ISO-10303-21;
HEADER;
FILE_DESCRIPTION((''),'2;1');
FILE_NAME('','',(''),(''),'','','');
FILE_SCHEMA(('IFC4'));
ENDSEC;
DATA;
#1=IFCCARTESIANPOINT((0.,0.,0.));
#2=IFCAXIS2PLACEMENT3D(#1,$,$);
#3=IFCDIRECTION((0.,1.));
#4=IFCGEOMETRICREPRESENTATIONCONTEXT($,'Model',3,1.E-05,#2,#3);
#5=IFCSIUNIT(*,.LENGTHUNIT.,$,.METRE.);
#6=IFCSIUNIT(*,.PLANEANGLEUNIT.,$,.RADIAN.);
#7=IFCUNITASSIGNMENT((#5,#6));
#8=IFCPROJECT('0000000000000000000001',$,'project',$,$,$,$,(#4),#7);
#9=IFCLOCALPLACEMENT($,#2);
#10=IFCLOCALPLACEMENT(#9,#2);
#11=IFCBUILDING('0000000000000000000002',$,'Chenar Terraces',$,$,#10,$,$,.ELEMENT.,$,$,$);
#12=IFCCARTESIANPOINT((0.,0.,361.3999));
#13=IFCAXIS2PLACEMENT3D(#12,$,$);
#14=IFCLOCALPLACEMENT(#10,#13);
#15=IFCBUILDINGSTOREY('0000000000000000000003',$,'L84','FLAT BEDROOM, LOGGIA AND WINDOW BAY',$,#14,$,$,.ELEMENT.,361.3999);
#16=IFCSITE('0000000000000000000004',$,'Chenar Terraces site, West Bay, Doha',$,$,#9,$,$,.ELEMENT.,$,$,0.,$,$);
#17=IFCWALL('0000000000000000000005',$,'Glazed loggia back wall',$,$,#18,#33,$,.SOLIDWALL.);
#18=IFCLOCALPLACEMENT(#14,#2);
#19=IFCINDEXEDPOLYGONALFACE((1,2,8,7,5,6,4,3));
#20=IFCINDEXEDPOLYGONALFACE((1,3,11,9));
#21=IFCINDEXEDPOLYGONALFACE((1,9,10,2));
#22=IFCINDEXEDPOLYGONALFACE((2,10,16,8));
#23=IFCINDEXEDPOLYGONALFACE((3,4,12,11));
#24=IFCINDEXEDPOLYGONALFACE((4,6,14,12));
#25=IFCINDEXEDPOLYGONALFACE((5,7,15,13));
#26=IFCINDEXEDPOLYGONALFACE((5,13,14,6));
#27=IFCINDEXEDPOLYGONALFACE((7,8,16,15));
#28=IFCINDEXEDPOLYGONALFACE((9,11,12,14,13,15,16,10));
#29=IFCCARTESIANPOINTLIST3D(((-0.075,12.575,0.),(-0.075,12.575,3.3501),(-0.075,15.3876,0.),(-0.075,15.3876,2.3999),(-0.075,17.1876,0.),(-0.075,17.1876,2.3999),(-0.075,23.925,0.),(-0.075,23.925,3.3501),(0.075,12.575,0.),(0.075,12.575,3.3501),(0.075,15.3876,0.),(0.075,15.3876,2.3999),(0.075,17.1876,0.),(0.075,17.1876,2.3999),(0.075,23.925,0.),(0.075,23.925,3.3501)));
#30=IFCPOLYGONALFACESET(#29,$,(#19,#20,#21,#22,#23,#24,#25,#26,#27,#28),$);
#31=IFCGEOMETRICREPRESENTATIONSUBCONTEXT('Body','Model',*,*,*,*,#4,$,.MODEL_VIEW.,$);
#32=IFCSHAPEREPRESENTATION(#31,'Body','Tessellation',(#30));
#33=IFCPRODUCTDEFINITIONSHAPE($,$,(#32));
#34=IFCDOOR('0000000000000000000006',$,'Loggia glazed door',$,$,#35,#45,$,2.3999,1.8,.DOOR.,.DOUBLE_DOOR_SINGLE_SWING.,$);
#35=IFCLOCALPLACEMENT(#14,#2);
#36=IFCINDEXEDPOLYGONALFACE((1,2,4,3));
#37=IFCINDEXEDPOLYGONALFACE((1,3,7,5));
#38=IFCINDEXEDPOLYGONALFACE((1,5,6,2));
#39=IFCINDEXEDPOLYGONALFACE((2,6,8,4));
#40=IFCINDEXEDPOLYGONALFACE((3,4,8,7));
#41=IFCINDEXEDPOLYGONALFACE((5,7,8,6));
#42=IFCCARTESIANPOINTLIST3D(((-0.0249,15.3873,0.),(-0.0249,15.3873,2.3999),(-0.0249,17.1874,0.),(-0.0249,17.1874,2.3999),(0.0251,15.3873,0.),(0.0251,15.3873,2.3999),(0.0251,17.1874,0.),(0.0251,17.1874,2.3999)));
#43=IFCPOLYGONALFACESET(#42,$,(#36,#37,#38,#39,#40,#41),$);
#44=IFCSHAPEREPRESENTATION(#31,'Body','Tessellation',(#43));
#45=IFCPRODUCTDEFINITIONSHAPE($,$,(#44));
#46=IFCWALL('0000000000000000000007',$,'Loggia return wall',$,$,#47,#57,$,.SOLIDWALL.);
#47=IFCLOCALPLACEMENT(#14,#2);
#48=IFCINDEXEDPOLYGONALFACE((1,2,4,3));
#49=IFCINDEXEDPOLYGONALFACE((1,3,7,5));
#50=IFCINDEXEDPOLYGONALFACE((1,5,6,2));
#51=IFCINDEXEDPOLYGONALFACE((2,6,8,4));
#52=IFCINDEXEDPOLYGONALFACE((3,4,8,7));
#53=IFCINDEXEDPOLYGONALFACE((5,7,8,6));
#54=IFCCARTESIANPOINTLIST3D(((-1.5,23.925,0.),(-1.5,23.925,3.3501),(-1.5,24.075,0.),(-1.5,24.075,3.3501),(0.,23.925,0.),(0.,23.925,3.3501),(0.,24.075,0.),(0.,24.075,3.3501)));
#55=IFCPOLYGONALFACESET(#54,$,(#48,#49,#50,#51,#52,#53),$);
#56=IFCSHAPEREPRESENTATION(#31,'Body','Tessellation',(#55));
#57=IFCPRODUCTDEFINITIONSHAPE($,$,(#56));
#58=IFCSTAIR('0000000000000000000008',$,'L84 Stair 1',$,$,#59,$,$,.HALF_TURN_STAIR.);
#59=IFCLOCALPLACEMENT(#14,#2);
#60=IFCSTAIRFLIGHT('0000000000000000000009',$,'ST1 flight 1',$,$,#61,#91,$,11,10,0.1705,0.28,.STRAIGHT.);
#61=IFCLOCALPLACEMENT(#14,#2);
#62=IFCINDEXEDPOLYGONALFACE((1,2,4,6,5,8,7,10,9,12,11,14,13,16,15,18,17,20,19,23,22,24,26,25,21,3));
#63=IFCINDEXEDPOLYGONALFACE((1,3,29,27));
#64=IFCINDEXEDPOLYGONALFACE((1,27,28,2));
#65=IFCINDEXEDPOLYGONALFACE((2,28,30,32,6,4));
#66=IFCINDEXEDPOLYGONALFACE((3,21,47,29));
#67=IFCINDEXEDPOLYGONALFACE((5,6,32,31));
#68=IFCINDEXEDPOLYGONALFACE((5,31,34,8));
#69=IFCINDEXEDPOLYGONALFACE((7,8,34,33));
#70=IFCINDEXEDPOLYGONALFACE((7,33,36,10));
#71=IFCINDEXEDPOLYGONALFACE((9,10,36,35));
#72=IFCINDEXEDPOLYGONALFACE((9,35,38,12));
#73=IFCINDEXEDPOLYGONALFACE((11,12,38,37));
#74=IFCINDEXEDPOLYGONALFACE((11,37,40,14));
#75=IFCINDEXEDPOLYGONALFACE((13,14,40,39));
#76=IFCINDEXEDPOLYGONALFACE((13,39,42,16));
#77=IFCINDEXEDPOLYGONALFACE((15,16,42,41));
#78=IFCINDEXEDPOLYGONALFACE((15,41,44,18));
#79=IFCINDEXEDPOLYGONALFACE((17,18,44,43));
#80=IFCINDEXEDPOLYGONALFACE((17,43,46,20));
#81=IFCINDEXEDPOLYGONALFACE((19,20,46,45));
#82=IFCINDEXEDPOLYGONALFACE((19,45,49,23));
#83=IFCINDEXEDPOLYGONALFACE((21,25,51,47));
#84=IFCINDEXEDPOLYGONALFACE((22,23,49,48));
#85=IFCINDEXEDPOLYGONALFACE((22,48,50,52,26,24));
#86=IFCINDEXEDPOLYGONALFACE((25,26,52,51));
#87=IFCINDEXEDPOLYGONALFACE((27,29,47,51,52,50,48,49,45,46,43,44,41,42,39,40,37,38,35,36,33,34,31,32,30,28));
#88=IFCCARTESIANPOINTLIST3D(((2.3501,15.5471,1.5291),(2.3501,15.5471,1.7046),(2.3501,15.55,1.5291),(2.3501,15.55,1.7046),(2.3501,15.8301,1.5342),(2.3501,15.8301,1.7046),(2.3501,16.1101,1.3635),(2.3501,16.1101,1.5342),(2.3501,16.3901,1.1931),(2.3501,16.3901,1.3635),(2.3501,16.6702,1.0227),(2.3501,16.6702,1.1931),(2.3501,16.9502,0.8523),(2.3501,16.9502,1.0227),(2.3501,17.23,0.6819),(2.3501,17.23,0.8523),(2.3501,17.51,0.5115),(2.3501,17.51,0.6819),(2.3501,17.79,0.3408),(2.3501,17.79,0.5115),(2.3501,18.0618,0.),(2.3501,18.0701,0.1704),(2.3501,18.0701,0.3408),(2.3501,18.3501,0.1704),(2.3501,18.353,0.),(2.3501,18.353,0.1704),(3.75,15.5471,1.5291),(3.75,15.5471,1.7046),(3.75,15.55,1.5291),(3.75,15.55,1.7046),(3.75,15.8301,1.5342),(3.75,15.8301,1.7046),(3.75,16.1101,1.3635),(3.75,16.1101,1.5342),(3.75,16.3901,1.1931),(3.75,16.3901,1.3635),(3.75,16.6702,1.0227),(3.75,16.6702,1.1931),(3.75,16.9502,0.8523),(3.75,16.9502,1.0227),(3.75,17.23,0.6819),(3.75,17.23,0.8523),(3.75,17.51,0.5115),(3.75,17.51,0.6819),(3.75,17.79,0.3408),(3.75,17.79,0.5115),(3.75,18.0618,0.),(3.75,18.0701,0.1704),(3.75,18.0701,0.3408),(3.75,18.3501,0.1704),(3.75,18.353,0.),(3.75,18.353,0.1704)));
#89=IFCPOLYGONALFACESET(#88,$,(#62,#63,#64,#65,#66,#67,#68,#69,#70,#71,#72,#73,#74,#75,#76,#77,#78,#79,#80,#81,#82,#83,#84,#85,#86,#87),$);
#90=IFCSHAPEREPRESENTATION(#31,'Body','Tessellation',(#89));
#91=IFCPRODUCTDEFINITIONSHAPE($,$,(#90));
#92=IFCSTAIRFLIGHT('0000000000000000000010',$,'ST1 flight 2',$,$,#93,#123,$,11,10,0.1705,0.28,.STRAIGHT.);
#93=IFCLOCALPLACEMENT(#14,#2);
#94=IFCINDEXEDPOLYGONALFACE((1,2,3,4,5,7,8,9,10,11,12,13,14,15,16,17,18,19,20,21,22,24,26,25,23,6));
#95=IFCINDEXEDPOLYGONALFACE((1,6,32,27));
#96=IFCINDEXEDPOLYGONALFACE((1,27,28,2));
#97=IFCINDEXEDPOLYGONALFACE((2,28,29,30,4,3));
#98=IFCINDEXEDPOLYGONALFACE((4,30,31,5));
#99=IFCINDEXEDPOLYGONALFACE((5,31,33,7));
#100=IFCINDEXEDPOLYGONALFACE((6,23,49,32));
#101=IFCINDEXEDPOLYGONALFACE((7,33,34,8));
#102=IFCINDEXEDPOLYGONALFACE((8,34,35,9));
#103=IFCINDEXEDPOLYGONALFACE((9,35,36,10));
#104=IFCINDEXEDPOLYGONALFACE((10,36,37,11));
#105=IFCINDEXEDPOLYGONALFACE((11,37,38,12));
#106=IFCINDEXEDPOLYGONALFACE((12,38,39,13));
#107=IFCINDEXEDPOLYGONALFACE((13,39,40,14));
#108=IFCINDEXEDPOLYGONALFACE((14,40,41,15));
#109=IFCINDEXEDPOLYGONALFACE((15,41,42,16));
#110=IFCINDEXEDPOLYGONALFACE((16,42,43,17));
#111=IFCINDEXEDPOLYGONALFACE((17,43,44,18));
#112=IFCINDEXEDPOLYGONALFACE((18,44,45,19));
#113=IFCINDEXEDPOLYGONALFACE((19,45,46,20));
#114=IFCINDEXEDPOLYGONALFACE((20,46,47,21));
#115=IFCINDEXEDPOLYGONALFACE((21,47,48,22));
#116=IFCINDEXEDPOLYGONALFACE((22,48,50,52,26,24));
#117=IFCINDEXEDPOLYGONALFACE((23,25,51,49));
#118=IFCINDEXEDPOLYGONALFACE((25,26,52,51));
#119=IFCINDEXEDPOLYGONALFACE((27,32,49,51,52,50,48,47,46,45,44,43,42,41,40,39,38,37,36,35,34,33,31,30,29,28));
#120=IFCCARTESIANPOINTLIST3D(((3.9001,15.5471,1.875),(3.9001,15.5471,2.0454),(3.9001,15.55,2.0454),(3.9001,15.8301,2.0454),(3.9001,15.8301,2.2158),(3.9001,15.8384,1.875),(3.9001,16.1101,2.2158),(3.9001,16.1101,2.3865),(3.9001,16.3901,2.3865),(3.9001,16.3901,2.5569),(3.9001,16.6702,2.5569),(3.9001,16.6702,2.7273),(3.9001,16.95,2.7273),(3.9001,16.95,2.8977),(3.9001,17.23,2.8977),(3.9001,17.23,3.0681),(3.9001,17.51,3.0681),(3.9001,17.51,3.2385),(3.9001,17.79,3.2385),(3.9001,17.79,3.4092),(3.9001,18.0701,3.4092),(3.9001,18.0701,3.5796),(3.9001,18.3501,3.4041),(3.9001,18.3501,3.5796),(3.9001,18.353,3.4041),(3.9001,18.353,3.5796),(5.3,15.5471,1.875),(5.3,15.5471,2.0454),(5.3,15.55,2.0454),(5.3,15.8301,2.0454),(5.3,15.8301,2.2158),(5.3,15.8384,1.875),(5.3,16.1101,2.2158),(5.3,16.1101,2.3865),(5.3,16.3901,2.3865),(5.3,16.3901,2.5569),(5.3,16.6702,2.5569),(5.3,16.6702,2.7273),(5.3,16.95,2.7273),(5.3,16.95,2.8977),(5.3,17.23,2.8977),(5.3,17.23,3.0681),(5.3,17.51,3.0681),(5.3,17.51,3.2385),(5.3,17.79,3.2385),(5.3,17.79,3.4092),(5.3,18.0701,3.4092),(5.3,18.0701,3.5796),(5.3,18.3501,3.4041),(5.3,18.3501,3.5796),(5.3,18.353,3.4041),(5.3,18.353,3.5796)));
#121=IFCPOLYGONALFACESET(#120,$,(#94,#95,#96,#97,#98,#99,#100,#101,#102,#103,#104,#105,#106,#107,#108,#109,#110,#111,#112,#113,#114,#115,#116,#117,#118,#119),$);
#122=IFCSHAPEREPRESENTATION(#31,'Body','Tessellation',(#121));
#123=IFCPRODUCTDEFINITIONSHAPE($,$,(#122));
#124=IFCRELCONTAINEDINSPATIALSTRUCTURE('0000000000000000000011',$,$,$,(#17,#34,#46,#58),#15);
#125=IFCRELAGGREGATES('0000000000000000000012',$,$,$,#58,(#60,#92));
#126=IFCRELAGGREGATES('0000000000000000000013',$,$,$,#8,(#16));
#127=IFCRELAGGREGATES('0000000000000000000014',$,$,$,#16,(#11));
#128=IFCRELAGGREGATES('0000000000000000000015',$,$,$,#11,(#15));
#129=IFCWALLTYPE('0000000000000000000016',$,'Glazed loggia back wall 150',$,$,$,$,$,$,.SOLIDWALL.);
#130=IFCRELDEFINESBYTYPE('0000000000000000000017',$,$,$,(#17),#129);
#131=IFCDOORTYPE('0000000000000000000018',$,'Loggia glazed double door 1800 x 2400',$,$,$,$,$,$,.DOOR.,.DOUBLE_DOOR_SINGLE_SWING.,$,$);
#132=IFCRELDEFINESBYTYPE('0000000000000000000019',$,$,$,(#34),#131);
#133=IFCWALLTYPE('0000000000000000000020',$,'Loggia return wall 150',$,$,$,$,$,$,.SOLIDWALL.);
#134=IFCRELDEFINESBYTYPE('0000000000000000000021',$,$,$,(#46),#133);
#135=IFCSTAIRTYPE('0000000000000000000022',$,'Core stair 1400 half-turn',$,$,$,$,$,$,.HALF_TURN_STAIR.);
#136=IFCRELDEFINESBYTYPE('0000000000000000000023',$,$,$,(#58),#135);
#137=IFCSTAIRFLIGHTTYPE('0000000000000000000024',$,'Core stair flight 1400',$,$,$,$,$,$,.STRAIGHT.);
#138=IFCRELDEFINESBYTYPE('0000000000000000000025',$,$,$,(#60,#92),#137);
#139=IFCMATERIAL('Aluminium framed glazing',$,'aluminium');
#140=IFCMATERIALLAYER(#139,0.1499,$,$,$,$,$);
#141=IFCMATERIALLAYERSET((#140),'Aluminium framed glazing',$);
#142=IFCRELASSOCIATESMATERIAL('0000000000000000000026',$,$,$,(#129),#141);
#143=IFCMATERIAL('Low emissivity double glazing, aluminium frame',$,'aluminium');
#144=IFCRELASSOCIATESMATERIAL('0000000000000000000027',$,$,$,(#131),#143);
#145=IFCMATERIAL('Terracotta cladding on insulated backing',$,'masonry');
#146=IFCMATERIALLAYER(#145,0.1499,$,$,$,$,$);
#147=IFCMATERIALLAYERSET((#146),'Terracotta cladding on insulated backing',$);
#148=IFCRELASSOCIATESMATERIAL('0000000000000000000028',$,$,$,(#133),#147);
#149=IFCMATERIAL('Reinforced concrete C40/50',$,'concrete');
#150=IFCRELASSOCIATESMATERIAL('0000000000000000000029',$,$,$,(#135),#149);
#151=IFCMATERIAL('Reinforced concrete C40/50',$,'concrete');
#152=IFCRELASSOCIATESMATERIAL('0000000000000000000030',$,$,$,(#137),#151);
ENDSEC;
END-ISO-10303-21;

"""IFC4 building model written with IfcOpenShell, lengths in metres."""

from ifc_helpers import new_model, si_unit, direction, frame, frame_2d, origin, place, context, subcontext, project, spatial, polyline, rectangle, outline, extrude, material, layer, layer_set, type_object, element, fill, aggregate, save


model = new_model("IFC4")

# Units and contexts
model_context = context("Model", 3, precision=1e-05, world=origin(), true_north=direction((0.0, 1.0)))
body_context = subcontext(model_context, "Body", "Model", "MODEL_VIEW")
ifc_project = project(units=[si_unit("LENGTHUNIT", "METRE"), si_unit("PLANEANGLEUNIT", "RADIAN")], contexts=[model_context])

# Site, building, storey
site_placement = place(None, origin())
site = spatial("IfcSite", under=ifc_project, at=site_placement, Name="Chenar Terraces site, West Bay, Doha", CompositionType="ELEMENT", RefElevation=0.0)
building_placement = place(site_placement, origin())
building = spatial("IfcBuilding", under=site, at=building_placement, Name="Chenar Terraces", CompositionType="ELEMENT")
storey_placement = place(building_placement, frame((0.0, 0.0, 361.3999)))
storey = spatial("IfcBuildingStorey", under=building, at=storey_placement, Name="L84", Description="FLAT BEDROOM, LOGGIA AND WINDOW BAY", CompositionType="ELEMENT", Elevation=361.3999)

# Wall, opening, door
ifc_material_1 = material(Name="Aluminium framed glazing", Category="aluminium")
ifc_layer_1 = layer(ifc_material_1, 0.1499)
ifc_layer_set_1 = layer_set([ifc_layer_1], Name="Aluminium framed glazing")
wall_type_1 = type_object("IfcWallType", Name="Glazed loggia back wall 150", PredefinedType="SOLIDWALL", material=ifc_layer_set_1)
wall_1_placement = place(storey_placement, frame((0.0, 23.925, 0.0), z_axis=(0.0, 0.0, 1.0), x_axis=(0.0, -1.0, 0.0)))
wall_1 = element("IfcWall", 1, at=wall_1_placement, inside=storey, type_object=wall_type_1, Name="Glazed loggia back wall", PredefinedType="SOLIDWALL", context=body_context, shape_type="SweptSolid", body=[
    extrude(rectangle(XDim=11.3501, YDim=0.1499, at=frame_2d((5.675, 0.0))), origin(), (0.0, 0.0, 1.0), 3.3501),
])
opening_1_placement = place(wall_1_placement, frame((6.7375, 0.0, 0.0)))
opening_1 = element("IfcOpeningElement", 2, at=opening_1_placement, cuts=wall_1, PredefinedType="OPENING", context=body_context, shape_type="SweptSolid", body=[
    extrude(rectangle(XDim=1.8, YDim=2.3999, at=frame_2d((0.8999, 1.2))), frame((0.0, 0.085, 0.0), z_axis=(0.0, -1.0, 0.0), x_axis=(1.0, 0.0, 0.0)), (0.0, 0.0, 1.0), 0.1699),
])
ifc_material_2 = material(Name="Low emissivity double glazing, aluminium frame", Category="aluminium")
door_type_1 = type_object("IfcDoorType", Name="Loggia glazed double door 1800 x 2400", OperationType="DOUBLE_DOOR_SINGLE_SWING", PredefinedType="DOOR", material=ifc_material_2)
door_1_placement = place(opening_1_placement, frame((1.8, 0.0, 0.0), z_axis=(0.0, 0.0, 1.0), x_axis=(-1.0, 0.0, 0.0)))
door_1 = element("IfcDoor", 3, at=door_1_placement, inside=storey, type_object=door_type_1, Name="Loggia glazed door", OperationType="DOUBLE_DOOR_SINGLE_SWING", OverallHeight=2.3999, OverallWidth=1.8, PredefinedType="DOOR", context=body_context, shape_type="SweptSolid", body=[
    extrude(rectangle(XDim=1.8, YDim=2.3999, at=frame_2d((0.8999, 1.2))), frame((0.0, 0.0249, 0.0), z_axis=(0.0, -1.0, 0.0), x_axis=(1.0, 0.0, 0.0)), (0.0, 0.0, 1.0), 0.05),
])
fill(opening_1, door_1)

# Wall
ifc_material_3 = material(Name="Terracotta cladding on insulated backing", Category="masonry")
ifc_layer_2 = layer(ifc_material_3, 0.1499)
ifc_layer_set_2 = layer_set([ifc_layer_2], Name="Terracotta cladding on insulated backing")
wall_type_2 = type_object("IfcWallType", Name="Loggia return wall 150", PredefinedType="SOLIDWALL", material=ifc_layer_set_2)
wall_2_placement = place(storey_placement, frame((-1.5, 24.0, 0.0), z_axis=(0.0, 0.0, 1.0), x_axis=(1.0, 0.0, 0.0)))
element("IfcWall", 4, at=wall_2_placement, inside=storey, type_object=wall_type_2, Name="Loggia return wall", PredefinedType="SOLIDWALL", context=body_context, shape_type="SweptSolid", body=[
    extrude(rectangle(XDim=1.5, YDim=0.1499, at=frame_2d((0.75, 0.0))), origin(), (0.0, 0.0, 1.0), 3.3501),
])

# Stair, stair flights
ifc_material_4 = material(Name="Reinforced concrete C40/50", Category="concrete")
stair_type = type_object("IfcStairType", Name="Core stair 1400 half-turn", PredefinedType="HALF_TURN_STAIR", material=ifc_material_4)
stair_placement = place(storey_placement, origin())
stair = element("IfcStair", 5, at=stair_placement, inside=storey, type_object=stair_type, Name="L84 Stair 1", PredefinedType="HALF_TURN_STAIR")
ifc_material_5 = material(Name="Reinforced concrete C40/50", Category="concrete")
stair_flight_type = type_object("IfcStairFlightType", Name="Core stair flight 1400", PredefinedType="STRAIGHT", material=ifc_material_5)
stair_flight_1_placement = place(storey_placement, frame((3.05, 18.3501, 0.0), z_axis=(0.0, 0.0, 1.0), x_axis=(0.0, -1.0, 0.0)))
stair_flight_1 = element("IfcStairFlight", 6, at=stair_flight_1_placement, type_object=stair_flight_type, Name="ST1 flight 1", NumberOfRisers=11, NumberOfTreads=10, PredefinedType="STRAIGHT", RiserHeight=0.1705, TreadLength=0.28, context=body_context, shape_type="SweptSolid", body=[
    extrude(outline(polyline([(-0.0029, 0.0), (-0.0029, 0.1704), (0.0, 0.1704), (0.28, 0.1704), (0.28, 0.3408), (0.5601, 0.3408), (0.5601, 0.5115), (0.8401, 0.5115), (0.8401, 0.6819), (1.1201, 0.6819), (1.1201, 0.8523), (1.3999, 0.8523), (1.3999, 1.0227), (1.6799, 1.0227), (1.6799, 1.1931), (1.96, 1.1931), (1.96, 1.3635), (2.24, 1.3635), (2.24, 1.5342), (2.52, 1.5342), (2.52, 1.7046), (2.8, 1.7046), (2.803, 1.7046), (2.803, 1.5291), (2.8, 1.5291), (0.2883, 0.0), (-0.0029, 0.0)])), frame((0.0, 0.7, 0.0), z_axis=(0.0, -1.0, 0.0), x_axis=(1.0, 0.0, 0.0)), (0.0, 0.0, 1.0), 1.3999),
])
stair_flight_2_placement = place(storey_placement, frame((4.6001, 15.55, 1.875), z_axis=(0.0, 0.0, 1.0), x_axis=(0.0, 1.0, 0.0)))
stair_flight_2 = element("IfcStairFlight", 7, at=stair_flight_2_placement, type_object=stair_flight_type, Name="ST1 flight 2", NumberOfRisers=11, NumberOfTreads=10, PredefinedType="STRAIGHT", RiserHeight=0.1705, TreadLength=0.28, context=body_context, shape_type="SweptSolid", body=[
    extrude(outline(polyline([(-0.0029, 0.0), (-0.0029, 0.1704), (0.0, 0.1704), (0.28, 0.1704), (0.28, 0.3408), (0.5601, 0.3408), (0.5601, 0.5115), (0.8401, 0.5115), (0.8401, 0.6819), (1.1201, 0.6819), (1.1201, 0.8523), (1.3999, 0.8523), (1.3999, 1.0227), (1.6799, 1.0227), (1.6799, 1.1931), (1.96, 1.1931), (1.96, 1.3635), (2.24, 1.3635), (2.24, 1.5342), (2.52, 1.5342), (2.52, 1.7046), (2.8, 1.7046), (2.803, 1.7046), (2.803, 1.5291), (2.8, 1.5291), (0.2883, 0.0), (-0.0029, 0.0)])), frame((0.0, 0.7, 0.0), z_axis=(0.0, -1.0, 0.0), x_axis=(1.0, 0.0, 0.0)), (0.0, 0.0, 1.0), 1.3999),
])
aggregate(stair, [stair_flight_1, stair_flight_2])

save(model, "model.ifc")
